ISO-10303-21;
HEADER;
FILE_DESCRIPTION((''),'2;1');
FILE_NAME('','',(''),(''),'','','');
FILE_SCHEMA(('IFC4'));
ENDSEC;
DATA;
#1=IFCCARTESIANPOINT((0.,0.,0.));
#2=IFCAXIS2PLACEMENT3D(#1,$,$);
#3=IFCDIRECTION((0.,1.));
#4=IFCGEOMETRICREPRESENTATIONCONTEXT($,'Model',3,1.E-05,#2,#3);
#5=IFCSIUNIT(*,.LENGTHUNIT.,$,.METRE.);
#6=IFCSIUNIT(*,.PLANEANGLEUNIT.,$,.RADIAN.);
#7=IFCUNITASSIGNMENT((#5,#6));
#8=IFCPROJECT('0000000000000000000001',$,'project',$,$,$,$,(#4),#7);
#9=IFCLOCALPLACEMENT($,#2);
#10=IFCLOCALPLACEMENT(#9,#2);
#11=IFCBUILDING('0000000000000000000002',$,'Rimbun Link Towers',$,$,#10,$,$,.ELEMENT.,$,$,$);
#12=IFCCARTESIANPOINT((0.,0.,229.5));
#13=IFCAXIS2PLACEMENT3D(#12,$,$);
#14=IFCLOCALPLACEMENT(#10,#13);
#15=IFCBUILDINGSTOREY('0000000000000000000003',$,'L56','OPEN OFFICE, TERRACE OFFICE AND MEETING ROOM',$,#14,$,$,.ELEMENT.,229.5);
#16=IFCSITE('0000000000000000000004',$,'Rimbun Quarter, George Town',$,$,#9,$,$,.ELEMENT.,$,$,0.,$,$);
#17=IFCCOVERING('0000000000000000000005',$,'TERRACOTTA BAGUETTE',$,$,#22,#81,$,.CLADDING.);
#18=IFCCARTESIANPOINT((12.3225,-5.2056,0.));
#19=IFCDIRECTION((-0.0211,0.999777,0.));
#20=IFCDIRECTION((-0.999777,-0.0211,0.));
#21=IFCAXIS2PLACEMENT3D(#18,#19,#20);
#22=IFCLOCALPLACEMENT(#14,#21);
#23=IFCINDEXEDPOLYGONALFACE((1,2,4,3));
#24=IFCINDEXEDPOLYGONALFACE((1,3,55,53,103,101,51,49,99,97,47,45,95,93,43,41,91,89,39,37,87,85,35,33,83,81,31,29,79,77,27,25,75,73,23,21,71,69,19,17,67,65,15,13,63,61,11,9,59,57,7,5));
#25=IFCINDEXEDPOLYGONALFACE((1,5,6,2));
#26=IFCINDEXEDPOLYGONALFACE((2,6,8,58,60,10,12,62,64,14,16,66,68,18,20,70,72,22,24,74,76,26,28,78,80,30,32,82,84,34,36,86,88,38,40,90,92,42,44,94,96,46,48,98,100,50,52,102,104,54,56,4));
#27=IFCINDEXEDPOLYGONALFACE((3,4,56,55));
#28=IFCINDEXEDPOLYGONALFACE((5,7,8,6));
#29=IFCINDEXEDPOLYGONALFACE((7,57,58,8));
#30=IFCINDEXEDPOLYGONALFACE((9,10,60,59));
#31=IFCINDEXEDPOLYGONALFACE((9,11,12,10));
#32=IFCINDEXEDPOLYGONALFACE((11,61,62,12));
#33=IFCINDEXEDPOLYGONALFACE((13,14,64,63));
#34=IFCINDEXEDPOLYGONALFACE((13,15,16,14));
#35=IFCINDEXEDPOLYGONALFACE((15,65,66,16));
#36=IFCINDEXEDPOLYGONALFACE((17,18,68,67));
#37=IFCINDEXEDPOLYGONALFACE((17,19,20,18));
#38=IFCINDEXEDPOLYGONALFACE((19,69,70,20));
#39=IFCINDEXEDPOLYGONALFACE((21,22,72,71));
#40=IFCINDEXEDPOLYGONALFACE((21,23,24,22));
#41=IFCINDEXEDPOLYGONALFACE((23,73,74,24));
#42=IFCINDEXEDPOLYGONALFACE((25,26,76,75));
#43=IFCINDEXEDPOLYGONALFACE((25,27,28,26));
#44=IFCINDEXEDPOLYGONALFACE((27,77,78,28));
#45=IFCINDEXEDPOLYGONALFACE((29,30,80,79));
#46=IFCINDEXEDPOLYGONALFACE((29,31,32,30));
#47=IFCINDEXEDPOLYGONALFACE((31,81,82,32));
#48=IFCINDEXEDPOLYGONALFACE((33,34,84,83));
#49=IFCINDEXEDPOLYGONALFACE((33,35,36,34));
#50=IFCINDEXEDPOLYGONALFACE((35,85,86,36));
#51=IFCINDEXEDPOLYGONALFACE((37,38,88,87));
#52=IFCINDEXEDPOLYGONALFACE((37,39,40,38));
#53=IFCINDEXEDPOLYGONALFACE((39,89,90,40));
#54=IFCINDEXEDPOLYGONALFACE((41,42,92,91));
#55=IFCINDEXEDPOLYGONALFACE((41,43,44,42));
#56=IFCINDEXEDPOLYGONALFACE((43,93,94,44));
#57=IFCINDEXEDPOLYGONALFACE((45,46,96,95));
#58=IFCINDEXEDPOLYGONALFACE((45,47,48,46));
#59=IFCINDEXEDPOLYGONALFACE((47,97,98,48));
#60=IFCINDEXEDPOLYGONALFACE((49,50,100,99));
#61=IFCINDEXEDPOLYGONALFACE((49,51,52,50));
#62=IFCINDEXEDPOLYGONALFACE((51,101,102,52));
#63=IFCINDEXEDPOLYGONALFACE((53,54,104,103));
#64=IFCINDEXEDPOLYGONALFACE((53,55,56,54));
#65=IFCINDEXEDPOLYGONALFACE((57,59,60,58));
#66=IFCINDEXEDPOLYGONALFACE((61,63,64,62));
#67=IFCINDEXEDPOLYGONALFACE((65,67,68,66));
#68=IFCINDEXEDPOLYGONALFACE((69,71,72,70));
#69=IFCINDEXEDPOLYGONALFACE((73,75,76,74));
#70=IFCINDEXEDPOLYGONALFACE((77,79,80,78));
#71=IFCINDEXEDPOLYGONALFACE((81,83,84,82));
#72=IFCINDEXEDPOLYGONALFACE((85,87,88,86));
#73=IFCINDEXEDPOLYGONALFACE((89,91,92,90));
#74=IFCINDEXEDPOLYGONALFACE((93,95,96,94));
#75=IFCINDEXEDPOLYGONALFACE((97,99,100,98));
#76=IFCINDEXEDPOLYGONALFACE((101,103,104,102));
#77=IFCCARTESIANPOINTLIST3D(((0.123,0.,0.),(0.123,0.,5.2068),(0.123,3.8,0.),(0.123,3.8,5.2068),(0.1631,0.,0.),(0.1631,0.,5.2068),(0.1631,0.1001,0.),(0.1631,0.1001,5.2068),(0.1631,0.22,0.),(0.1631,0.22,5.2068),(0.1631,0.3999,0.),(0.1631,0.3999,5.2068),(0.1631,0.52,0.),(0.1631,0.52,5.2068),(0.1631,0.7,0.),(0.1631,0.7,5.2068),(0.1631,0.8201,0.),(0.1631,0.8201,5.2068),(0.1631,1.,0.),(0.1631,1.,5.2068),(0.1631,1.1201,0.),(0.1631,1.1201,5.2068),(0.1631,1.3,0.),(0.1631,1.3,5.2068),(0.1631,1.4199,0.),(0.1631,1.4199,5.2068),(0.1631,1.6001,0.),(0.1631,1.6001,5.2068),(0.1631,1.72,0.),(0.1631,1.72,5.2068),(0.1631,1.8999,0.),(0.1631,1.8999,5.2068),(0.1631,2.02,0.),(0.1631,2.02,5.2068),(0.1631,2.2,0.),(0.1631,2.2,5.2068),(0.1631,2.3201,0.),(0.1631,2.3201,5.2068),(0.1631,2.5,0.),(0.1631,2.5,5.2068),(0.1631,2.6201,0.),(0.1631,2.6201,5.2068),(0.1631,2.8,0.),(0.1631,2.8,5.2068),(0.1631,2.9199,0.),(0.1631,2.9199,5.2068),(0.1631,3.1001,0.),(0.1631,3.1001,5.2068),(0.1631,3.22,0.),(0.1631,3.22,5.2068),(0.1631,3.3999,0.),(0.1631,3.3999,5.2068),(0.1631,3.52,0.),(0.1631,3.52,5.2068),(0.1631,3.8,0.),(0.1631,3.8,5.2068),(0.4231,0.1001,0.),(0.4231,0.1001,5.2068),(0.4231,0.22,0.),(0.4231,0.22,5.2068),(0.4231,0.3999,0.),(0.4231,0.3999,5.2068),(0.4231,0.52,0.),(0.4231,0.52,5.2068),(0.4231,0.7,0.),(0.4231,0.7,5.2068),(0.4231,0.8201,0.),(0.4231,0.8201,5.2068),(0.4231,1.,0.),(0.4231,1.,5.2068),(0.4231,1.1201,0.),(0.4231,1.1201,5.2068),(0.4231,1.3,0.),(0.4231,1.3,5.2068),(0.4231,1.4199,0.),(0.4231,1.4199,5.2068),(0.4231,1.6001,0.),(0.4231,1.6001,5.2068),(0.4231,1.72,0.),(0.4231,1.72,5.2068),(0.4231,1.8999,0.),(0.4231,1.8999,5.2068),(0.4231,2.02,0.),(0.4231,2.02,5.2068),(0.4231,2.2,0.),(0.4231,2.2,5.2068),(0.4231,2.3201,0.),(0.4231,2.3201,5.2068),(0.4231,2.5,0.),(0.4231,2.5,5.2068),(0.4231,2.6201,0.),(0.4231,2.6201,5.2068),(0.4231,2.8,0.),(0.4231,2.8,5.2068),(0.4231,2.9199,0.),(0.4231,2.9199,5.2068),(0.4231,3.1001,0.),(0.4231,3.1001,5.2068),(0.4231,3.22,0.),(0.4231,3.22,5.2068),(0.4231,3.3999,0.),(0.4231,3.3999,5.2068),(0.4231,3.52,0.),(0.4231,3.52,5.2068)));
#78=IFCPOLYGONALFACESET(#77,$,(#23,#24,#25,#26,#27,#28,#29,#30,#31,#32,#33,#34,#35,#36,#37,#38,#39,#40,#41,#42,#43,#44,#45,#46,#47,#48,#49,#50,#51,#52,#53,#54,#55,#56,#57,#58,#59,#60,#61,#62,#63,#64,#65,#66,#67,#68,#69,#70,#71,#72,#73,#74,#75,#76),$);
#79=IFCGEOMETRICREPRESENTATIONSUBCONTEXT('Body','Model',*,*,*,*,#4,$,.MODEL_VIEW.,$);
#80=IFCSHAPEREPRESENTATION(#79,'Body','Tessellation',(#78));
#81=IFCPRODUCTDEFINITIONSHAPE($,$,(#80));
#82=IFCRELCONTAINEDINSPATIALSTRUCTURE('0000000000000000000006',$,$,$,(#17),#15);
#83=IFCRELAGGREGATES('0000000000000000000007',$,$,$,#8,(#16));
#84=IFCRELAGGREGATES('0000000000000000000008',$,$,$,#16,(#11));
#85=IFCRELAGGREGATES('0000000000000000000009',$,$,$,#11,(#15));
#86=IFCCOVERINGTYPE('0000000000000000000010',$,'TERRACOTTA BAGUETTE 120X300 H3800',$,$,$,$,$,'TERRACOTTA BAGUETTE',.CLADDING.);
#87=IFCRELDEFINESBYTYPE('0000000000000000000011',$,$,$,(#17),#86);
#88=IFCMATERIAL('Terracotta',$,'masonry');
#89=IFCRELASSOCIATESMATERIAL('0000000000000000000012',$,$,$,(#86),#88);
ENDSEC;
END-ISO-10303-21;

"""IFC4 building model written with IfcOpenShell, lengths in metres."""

from ifc_helpers import new_model, si_unit, direction, frame, origin, place, context, subcontext, project, spatial, polyline, outline, extrude, material, material_profile, profile_set, type_object, element, save


model = new_model("IFC4")

# Units and contexts
model_context = context("Model", 3, precision=1e-05, world=origin(), true_north=direction((0.0, 1.0)))
body_context = subcontext(model_context, "Body", "Model", "MODEL_VIEW")
ifc_project = project(units=[si_unit("LENGTHUNIT", "METRE"), si_unit("PLANEANGLEUNIT", "RADIAN")], contexts=[model_context])

# Site, building, storey
site_placement = place(None, origin())
site = spatial("IfcSite", under=ifc_project, at=site_placement, Name="Rimbun Quarter, George Town", CompositionType="ELEMENT", RefElevation=0.0)
building_placement = place(site_placement, origin())
building = spatial("IfcBuilding", under=site, at=building_placement, Name="Rimbun Link Towers", CompositionType="ELEMENT")
storey_placement = place(building_placement, frame((0.0, 0.0, 229.5)))
storey = spatial("IfcBuildingStorey", under=building, at=storey_placement, Name="L56", Description="OPEN OFFICE, TERRACE OFFICE AND MEETING ROOM", CompositionType="ELEMENT", Elevation=229.5)

# Covering
ifc_material_1 = material(Name="Terracotta", Category="masonry")
ifc_material_profile_1 = material_profile(ifc_material_1, outline(polyline([(0.123, 0.0), (0.1631, 0.0), (0.1631, 0.1001), (0.4231, 0.1001), (0.4231, 0.22), (0.1631, 0.22), (0.1631, 0.3999), (0.4231, 0.3999), (0.4231, 0.52), (0.1631, 0.52), (0.1631, 0.7), (0.4231, 0.7), (0.4231, 0.8201), (0.1631, 0.8201), (0.1631, 1.0), (0.4231, 1.0), (0.4231, 1.1201), (0.1631, 1.1201), (0.1631, 1.3), (0.4231, 1.3), (0.4231, 1.4199), (0.1631, 1.4199), (0.1631, 1.6001), (0.4231, 1.6001), (0.4231, 1.72), (0.1631, 1.72), (0.1631, 1.8999), (0.4231, 1.8999), (0.4231, 2.02), (0.1631, 2.02), (0.1631, 2.2), (0.4231, 2.2), (0.4231, 2.3201), (0.1631, 2.3201), (0.1631, 2.5), (0.4231, 2.5), (0.4231, 2.6201), (0.1631, 2.6201), (0.1631, 2.8), (0.4231, 2.8), (0.4231, 2.9199), (0.1631, 2.9199), (0.1631, 3.1001), (0.4231, 3.1001), (0.4231, 3.22), (0.1631, 3.22), (0.1631, 3.3999), (0.4231, 3.3999), (0.4231, 3.52), (0.1631, 3.52), (0.1631, 3.8), (0.123, 3.8), (0.123, 0.0)])), Name="BAGUETTE 120X300")
ifc_profile_set_1 = profile_set([ifc_material_profile_1], Name="Terracotta")
covering_type_1 = type_object("IfcCoveringType", Name="TERRACOTTA BAGUETTE 120X300 H3800", ElementType="TERRACOTTA BAGUETTE", PredefinedType="CLADDING", material=ifc_profile_set_1)
covering_1_placement = place(storey_placement, frame((12.3225, -5.2056, 0.0), z_axis=(-0.0211, 0.999777, 0.0), x_axis=(-0.999777, -0.0211, 0.0)))
element("IfcCovering", 1, at=covering_1_placement, inside=storey, type_object=covering_type_1, Name="TERRACOTTA BAGUETTE", PredefinedType="CLADDING", context=body_context, shape_type="SweptSolid", body=[
    extrude(outline(polyline([(0.123, 0.0), (0.1631, 0.0), (0.1631, 0.1001), (0.4231, 0.1001), (0.4231, 0.22), (0.1631, 0.22), (0.1631, 0.3999), (0.4231, 0.3999), (0.4231, 0.52), (0.1631, 0.52), (0.1631, 0.7), (0.4231, 0.7), (0.4231, 0.8201), (0.1631, 0.8201), (0.1631, 1.0), (0.4231, 1.0), (0.4231, 1.1201), (0.1631, 1.1201), (0.1631, 1.3), (0.4231, 1.3), (0.4231, 1.4199), (0.1631, 1.4199), (0.1631, 1.6001), (0.4231, 1.6001), (0.4231, 1.72), (0.1631, 1.72), (0.1631, 1.8999), (0.4231, 1.8999), (0.4231, 2.02), (0.1631, 2.02), (0.1631, 2.2), (0.4231, 2.2), (0.4231, 2.3201), (0.1631, 2.3201), (0.1631, 2.5), (0.4231, 2.5), (0.4231, 2.6201), (0.1631, 2.6201), (0.1631, 2.8), (0.4231, 2.8), (0.4231, 2.9199), (0.1631, 2.9199), (0.1631, 3.1001), (0.4231, 3.1001), (0.4231, 3.22), (0.1631, 3.22), (0.1631, 3.3999), (0.4231, 3.3999), (0.4231, 3.52), (0.1631, 3.52), (0.1631, 3.8), (0.123, 3.8), (0.123, 0.0)])), origin(), (0.0, 0.0, 1.0), 5.2068),
])

save(model, "model.ifc")
